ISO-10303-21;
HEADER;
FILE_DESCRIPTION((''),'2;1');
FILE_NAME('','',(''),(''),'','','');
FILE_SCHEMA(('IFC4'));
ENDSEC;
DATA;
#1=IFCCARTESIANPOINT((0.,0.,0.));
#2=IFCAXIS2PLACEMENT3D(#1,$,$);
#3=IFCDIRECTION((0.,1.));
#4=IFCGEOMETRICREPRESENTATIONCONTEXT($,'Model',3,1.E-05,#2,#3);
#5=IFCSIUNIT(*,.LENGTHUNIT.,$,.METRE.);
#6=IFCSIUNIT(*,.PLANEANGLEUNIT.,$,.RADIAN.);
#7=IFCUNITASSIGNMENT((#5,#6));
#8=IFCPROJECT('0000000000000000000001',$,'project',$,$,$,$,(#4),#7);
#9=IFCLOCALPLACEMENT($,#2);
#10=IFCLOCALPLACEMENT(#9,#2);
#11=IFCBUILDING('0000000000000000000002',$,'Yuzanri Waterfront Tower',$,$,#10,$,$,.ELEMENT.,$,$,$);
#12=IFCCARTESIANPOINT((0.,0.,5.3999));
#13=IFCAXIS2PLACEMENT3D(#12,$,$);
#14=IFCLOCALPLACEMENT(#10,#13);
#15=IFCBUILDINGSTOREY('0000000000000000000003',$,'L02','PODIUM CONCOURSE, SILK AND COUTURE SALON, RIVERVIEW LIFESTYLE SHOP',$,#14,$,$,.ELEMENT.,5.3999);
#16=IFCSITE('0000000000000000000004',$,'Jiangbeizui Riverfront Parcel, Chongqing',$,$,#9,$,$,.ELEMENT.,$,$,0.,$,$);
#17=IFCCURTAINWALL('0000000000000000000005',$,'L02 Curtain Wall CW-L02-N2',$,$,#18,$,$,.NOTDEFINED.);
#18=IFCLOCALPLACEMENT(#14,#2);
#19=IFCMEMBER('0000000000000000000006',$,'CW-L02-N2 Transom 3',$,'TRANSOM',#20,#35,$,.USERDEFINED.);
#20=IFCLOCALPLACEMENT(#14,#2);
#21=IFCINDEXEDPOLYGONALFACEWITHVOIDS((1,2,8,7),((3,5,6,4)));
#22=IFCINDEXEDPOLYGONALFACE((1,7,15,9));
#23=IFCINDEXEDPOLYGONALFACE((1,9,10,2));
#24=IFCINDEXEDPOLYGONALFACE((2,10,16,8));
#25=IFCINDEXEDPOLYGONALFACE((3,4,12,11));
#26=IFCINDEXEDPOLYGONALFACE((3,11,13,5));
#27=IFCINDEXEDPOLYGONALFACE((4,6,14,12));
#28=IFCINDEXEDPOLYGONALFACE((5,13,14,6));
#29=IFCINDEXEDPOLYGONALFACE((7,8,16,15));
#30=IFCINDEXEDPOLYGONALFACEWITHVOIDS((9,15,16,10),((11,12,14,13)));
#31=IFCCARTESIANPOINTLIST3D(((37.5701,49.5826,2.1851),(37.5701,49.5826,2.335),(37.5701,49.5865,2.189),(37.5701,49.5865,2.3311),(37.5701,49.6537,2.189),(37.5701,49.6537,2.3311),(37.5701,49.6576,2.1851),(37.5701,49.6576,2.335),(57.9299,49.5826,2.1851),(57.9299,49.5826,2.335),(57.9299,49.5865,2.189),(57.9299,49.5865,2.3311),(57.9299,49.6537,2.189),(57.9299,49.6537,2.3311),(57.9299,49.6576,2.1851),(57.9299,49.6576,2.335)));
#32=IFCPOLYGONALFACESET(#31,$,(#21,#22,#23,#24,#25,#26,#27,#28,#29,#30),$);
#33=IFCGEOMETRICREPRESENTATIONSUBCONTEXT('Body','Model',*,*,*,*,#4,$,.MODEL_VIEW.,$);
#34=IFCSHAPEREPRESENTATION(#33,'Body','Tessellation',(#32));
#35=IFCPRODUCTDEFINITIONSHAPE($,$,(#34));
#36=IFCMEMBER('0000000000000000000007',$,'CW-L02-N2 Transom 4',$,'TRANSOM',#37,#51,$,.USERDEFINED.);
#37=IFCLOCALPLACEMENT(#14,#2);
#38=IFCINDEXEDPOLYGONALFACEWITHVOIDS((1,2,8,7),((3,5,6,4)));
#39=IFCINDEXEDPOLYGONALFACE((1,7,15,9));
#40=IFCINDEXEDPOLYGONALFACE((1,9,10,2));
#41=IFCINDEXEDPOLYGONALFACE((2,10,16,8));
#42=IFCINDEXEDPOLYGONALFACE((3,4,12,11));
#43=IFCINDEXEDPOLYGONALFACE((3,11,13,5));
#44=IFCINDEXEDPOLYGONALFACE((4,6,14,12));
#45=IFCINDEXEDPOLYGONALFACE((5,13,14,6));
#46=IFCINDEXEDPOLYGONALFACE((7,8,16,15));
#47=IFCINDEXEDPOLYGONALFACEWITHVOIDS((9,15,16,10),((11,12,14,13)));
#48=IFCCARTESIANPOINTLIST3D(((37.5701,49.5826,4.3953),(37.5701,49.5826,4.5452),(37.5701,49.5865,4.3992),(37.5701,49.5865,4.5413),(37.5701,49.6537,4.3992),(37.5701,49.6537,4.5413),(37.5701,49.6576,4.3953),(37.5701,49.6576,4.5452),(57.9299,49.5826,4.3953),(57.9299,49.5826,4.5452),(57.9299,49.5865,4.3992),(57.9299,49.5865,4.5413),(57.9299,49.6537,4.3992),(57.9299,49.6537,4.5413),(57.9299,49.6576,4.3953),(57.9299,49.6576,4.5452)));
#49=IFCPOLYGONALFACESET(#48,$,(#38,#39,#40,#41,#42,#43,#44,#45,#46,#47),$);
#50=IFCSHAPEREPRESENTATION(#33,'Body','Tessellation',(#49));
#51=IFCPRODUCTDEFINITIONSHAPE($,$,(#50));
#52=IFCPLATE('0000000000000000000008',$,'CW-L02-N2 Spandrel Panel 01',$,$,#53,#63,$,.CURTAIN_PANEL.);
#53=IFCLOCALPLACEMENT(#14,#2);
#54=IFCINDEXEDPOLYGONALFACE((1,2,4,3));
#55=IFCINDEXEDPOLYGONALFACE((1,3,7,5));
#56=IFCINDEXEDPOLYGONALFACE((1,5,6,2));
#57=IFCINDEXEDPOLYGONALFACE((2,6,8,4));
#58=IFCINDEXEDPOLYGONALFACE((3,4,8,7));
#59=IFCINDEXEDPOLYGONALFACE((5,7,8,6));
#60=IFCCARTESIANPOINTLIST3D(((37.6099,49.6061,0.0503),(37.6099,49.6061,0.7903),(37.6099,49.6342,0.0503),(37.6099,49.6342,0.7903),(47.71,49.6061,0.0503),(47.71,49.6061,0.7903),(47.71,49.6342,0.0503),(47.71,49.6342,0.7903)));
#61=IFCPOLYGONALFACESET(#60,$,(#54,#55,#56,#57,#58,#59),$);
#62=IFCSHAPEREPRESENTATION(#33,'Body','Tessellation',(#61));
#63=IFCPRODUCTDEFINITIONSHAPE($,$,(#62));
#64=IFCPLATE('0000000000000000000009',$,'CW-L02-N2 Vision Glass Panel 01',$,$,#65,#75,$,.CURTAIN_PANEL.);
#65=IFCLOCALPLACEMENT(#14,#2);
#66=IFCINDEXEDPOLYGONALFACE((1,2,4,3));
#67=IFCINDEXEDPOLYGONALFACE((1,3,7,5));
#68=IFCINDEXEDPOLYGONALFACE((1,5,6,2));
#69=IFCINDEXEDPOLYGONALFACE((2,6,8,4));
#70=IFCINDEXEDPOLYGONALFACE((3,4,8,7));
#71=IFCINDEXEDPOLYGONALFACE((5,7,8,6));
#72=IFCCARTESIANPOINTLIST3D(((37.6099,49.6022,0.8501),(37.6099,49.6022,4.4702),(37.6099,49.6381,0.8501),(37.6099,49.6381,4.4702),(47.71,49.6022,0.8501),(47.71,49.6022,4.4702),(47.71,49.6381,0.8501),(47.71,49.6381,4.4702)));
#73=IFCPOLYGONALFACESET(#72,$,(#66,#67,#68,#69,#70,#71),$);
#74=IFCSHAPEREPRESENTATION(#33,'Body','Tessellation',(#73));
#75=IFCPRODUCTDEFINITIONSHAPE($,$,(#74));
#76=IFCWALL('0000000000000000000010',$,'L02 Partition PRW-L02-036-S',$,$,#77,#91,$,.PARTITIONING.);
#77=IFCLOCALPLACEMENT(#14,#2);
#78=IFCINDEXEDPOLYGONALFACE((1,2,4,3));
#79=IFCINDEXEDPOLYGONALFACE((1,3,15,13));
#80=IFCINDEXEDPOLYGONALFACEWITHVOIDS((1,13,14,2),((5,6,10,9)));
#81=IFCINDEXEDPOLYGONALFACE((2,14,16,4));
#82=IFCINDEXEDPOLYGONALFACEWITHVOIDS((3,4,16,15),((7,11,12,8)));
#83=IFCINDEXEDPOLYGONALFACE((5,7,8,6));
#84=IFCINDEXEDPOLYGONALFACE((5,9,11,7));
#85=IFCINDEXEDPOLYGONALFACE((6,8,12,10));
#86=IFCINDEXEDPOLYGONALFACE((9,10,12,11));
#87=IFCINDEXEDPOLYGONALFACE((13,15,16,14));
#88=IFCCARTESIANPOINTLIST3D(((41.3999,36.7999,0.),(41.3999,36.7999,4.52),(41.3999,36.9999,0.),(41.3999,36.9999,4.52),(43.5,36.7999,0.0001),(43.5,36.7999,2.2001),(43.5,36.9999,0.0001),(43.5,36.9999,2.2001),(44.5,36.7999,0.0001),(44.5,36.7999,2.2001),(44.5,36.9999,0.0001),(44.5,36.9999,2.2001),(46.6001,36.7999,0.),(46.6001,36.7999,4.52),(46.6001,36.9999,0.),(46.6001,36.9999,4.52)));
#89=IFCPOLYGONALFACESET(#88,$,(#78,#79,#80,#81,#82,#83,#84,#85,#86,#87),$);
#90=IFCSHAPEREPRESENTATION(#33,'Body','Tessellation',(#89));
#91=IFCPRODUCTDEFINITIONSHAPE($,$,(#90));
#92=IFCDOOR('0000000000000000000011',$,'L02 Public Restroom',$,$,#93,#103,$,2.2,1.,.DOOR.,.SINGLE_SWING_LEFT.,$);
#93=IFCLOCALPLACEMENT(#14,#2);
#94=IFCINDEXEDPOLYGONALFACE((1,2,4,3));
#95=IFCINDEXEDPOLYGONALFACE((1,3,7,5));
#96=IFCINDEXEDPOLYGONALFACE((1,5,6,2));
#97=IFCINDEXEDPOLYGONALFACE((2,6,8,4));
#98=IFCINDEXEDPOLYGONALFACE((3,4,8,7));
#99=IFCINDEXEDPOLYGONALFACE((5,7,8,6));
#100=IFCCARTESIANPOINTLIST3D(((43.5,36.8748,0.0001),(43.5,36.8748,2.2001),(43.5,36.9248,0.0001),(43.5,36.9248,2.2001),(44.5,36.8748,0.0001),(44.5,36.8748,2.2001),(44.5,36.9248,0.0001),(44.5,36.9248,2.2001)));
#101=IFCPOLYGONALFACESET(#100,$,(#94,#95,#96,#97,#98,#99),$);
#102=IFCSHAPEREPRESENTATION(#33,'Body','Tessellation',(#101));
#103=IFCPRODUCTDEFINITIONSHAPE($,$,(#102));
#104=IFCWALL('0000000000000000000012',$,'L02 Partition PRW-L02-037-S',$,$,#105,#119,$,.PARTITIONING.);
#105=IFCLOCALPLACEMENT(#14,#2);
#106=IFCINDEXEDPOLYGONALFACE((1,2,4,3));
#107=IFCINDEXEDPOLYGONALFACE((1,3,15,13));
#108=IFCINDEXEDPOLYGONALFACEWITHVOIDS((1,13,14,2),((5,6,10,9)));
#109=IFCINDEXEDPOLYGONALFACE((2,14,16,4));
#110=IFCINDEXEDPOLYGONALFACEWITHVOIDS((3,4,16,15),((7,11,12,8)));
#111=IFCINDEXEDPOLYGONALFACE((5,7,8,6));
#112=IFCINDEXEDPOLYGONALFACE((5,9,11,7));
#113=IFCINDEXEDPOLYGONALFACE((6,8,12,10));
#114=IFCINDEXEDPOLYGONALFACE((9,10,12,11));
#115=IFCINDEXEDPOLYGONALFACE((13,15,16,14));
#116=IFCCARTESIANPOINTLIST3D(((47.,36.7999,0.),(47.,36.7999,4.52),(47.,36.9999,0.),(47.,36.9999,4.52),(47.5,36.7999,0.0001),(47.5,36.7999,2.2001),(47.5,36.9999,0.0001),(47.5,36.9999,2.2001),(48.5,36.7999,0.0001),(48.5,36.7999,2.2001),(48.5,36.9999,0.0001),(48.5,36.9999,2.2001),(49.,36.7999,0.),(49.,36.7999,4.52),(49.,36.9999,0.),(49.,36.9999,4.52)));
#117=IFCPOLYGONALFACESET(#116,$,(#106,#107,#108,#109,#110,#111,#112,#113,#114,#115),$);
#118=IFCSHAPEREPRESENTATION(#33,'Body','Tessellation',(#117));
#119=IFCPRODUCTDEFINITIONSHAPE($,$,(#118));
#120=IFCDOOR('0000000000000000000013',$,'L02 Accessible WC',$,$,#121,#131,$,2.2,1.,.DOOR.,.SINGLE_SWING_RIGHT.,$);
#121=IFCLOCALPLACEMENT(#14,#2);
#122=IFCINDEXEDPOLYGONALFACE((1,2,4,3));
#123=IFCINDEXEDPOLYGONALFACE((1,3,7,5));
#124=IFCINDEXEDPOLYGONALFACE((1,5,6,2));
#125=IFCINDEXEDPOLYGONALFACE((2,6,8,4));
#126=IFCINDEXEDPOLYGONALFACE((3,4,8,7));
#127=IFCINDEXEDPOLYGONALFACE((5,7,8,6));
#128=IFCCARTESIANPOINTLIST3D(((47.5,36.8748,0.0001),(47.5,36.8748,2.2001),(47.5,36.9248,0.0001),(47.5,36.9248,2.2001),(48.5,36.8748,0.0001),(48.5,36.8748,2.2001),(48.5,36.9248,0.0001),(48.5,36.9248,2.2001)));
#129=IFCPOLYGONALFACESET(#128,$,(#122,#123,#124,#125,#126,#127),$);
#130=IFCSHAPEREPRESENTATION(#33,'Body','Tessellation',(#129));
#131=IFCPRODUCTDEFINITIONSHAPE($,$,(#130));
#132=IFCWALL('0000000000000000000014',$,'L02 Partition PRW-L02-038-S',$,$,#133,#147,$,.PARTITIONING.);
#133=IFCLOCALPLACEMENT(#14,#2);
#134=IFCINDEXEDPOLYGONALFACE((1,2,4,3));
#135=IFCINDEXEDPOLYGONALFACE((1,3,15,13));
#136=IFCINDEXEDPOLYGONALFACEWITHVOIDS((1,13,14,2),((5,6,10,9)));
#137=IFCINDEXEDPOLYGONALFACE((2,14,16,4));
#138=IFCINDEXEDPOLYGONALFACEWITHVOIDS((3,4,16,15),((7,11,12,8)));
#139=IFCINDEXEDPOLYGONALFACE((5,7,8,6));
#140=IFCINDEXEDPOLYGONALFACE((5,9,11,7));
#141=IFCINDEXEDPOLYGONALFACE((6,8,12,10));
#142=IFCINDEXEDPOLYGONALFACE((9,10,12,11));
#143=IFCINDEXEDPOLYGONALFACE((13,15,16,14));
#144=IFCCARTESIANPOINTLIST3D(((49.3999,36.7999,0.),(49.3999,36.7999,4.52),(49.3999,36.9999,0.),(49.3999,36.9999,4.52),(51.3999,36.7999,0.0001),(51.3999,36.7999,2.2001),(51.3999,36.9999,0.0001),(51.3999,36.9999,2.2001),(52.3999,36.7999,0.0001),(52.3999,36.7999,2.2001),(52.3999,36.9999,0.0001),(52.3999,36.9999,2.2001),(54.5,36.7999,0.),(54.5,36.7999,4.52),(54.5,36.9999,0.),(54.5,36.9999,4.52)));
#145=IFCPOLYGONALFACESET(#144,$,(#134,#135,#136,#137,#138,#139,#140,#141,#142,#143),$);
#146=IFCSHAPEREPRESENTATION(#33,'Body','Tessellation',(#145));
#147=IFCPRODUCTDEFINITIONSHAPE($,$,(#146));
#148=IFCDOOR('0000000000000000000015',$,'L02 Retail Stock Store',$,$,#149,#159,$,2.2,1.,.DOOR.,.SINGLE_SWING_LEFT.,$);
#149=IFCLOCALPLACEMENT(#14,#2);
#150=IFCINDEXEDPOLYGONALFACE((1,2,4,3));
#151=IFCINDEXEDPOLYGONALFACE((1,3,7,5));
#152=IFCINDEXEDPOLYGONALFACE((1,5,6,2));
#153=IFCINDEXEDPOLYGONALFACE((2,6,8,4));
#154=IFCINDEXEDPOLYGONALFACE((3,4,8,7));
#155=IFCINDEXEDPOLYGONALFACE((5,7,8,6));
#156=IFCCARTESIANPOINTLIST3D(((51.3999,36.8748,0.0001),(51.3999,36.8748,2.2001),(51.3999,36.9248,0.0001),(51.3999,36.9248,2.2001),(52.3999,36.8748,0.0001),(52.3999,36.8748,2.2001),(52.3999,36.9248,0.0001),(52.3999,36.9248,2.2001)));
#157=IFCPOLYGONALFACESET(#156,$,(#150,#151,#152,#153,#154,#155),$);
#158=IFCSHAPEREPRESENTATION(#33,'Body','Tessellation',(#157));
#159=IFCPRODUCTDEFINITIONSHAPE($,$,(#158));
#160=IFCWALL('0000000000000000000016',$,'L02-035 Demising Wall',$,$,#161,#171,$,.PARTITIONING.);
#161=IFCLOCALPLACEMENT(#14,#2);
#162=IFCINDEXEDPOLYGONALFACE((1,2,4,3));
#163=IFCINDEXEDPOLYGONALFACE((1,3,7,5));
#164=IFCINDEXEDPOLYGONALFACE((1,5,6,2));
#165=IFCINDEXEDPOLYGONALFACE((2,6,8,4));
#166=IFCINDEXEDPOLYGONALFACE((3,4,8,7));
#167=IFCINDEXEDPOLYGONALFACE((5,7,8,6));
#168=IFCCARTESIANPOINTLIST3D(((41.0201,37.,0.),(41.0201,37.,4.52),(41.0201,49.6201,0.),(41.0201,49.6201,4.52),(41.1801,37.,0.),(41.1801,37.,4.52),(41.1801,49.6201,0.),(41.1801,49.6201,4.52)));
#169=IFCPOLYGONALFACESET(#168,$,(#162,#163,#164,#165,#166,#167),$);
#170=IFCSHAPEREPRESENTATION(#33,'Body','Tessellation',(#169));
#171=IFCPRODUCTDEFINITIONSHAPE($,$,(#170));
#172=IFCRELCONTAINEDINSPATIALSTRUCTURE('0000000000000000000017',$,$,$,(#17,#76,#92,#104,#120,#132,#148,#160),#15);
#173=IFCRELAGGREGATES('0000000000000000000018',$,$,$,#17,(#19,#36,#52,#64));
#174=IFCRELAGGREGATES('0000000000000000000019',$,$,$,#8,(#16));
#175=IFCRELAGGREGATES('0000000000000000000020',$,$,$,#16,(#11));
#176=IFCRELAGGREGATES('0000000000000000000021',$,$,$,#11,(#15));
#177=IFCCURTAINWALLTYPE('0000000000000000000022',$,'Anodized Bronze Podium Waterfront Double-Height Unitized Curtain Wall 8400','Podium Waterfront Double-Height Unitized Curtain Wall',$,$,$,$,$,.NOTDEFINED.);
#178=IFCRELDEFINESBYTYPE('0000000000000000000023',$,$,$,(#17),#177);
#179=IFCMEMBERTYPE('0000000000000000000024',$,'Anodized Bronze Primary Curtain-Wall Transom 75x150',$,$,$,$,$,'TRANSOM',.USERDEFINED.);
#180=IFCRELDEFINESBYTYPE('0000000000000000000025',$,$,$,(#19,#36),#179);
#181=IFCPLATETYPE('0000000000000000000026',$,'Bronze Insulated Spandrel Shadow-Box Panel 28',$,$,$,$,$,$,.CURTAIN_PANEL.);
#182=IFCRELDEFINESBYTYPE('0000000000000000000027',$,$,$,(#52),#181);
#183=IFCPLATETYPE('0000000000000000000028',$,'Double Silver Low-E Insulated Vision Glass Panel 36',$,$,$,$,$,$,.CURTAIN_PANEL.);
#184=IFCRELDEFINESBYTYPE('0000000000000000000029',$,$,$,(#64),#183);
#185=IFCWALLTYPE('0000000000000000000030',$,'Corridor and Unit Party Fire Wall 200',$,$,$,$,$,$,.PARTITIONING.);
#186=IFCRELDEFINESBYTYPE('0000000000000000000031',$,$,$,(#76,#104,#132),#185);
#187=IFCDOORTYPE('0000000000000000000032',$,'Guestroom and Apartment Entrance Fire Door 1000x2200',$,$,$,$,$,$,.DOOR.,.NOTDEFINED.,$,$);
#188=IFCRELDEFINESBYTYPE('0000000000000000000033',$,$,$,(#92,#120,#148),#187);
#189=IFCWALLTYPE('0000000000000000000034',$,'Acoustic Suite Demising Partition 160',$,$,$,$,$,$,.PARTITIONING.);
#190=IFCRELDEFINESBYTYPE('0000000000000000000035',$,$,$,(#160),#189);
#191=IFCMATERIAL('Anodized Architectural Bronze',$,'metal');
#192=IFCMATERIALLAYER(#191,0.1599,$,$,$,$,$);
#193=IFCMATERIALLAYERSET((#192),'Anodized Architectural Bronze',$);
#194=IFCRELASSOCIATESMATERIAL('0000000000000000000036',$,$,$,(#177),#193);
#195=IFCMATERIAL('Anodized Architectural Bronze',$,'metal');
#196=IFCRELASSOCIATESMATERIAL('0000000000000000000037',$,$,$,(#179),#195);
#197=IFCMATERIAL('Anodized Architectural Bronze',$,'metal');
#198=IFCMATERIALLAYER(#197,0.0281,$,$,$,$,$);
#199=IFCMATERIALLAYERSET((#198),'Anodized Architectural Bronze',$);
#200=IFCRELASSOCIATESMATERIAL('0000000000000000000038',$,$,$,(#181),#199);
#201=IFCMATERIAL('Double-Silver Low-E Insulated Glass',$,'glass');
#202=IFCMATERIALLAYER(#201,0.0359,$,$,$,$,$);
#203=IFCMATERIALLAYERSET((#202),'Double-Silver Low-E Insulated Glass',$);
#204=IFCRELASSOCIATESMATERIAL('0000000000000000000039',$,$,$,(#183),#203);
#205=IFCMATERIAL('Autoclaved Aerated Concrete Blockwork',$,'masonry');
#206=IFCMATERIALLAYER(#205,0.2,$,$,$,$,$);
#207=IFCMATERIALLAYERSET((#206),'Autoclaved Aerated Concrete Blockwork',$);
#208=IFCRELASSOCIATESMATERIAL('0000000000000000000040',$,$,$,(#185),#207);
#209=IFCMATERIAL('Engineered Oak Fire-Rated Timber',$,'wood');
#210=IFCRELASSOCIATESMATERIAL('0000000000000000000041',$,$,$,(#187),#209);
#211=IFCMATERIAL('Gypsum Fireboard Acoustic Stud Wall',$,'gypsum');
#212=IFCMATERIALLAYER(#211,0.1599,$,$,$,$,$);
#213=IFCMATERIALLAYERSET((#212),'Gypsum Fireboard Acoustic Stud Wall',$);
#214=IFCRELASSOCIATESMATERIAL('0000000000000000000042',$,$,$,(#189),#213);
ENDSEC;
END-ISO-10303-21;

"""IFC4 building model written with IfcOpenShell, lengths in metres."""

from ifc_helpers import new_model, si_unit, direction, frame, frame_2d, origin, origin_2d, place, context, subcontext, project, spatial, rectangle, hollow_rectangle, extrude, source, transform, mapped, material, layer, layer_set, material_profile, profile_set, type_object, element, fill, aggregate, save


model = new_model("IFC4")

# Units and contexts
model_context = context("Model", 3, precision=1e-05, world=origin(), true_north=direction((0.0, 1.0)))
body_context = subcontext(model_context, "Body", "Model", "MODEL_VIEW")
ifc_project = project(units=[si_unit("LENGTHUNIT", "METRE"), si_unit("PLANEANGLEUNIT", "RADIAN")], contexts=[model_context])

# Site, building, storey
site_placement = place(None, origin())
site = spatial("IfcSite", under=ifc_project, at=site_placement, Name="Jiangbeizui Riverfront Parcel, Chongqing", CompositionType="ELEMENT", RefElevation=0.0)
building_placement = place(site_placement, origin())
building = spatial("IfcBuilding", under=site, at=building_placement, Name="Yuzanri Waterfront Tower", CompositionType="ELEMENT")
storey_placement = place(building_placement, frame((0.0, 0.0, 5.3999)))
storey = spatial("IfcBuildingStorey", under=building, at=storey_placement, Name="L02", Description="PODIUM CONCOURSE, SILK AND COUTURE SALON, RIVERVIEW LIFESTYLE SHOP", CompositionType="ELEMENT", Elevation=5.3999)

# Curtain wall, members, plates
ifc_material_1 = material(Name="Anodized Architectural Bronze", Category="metal")
ifc_layer_1 = layer(ifc_material_1, 0.1599)
ifc_layer_set_1 = layer_set([ifc_layer_1], Name="Anodized Architectural Bronze")
curtain_wall_type = type_object("IfcCurtainWallType", Name="Anodized Bronze Podium Waterfront Double-Height Unitized Curtain Wall 8400", Description="Podium Waterfront Double-Height Unitized Curtain Wall", PredefinedType="NOTDEFINED", material=ifc_layer_set_1)
curtain_wall_placement = place(storey_placement, origin())
curtain_wall = element("IfcCurtainWall", 1, at=curtain_wall_placement, inside=storey, type_object=curtain_wall_type, Name="L02 Curtain Wall CW-L02-N2", PredefinedType="NOTDEFINED")
ifc_material_2 = material(Name="Anodized Architectural Bronze", Category="metal")
ifc_material_profile_1 = material_profile(ifc_material_2, hollow_rectangle(XDim=0.075, YDim=0.1499, WallThickness=0.0039, at=origin_2d()), Name="CWT 75x150")
ifc_profile_set_1 = profile_set([ifc_material_profile_1], Name="Anodized Architectural Bronze")
member_type_1 = type_object("IfcMemberType", Name="Anodized Bronze Primary Curtain-Wall Transom 75x150", ElementType="TRANSOM", PredefinedType="USERDEFINED", material=ifc_profile_set_1)
shared_shape_1 = source(origin(), body_context, "Body", "SweptSolid", [
    extrude(hollow_rectangle(XDim=0.075, YDim=0.1499, WallThickness=0.0039, at=origin_2d()), origin(), (0.0, 0.0, 1.0), 20.3599),
])
member_1_placement = place(storey_placement, frame((37.5701, 49.6201, 2.26), z_axis=(1.0, 0.0, 0.0), x_axis=(0.0, 1.0, 0.0)))
member_1 = element("IfcMember", 2, at=member_1_placement, type_object=member_type_1, Name="CW-L02-N2 Transom 3", ObjectType="TRANSOM", PredefinedType="USERDEFINED", context=body_context, shape_type="MappedRepresentation", body=[
    mapped(shared_shape_1, transform((0.0, 0.0, 0.0), scale=1.0)),
])
member_2_placement = place(storey_placement, frame((37.5701, 49.6201, 4.4702), z_axis=(1.0, 0.0, 0.0), x_axis=(0.0, 1.0, 0.0)))
member_2 = element("IfcMember", 3, at=member_2_placement, type_object=member_type_1, Name="CW-L02-N2 Transom 4", ObjectType="TRANSOM", PredefinedType="USERDEFINED", context=body_context, shape_type="MappedRepresentation", body=[
    mapped(shared_shape_1, transform((0.0, 0.0, 0.0), scale=1.0)),
])
ifc_material_3 = material(Name="Anodized Architectural Bronze", Category="metal")
ifc_layer_2 = layer(ifc_material_3, 0.0281)
ifc_layer_set_2 = layer_set([ifc_layer_2], Name="Anodized Architectural Bronze")
plate_type_1 = type_object("IfcPlateType", Name="Bronze Insulated Spandrel Shadow-Box Panel 28", PredefinedType="CURTAIN_PANEL", material=ifc_layer_set_2)
shared_shape_2 = source(origin(), body_context, "Body", "SweptSolid", [
    extrude(rectangle(XDim=10.1001, YDim=0.0281, at=origin_2d()), origin(), (0.0, 0.0, 1.0), 0.74),
])
plate_1_placement = place(storey_placement, frame((42.6599, 49.6201, 0.0503), z_axis=(0.0, 0.0, 1.0), x_axis=(1.0, 0.0, 0.0)))
plate_1 = element("IfcPlate", 4, at=plate_1_placement, type_object=plate_type_1, Name="CW-L02-N2 Spandrel Panel 01", PredefinedType="CURTAIN_PANEL", context=body_context, shape_type="MappedRepresentation", body=[
    mapped(shared_shape_2, transform((0.0, 0.0, 0.0), scale=1.0)),
])
ifc_material_4 = material(Name="Double-Silver Low-E Insulated Glass", Category="glass")
ifc_layer_3 = layer(ifc_material_4, 0.0359)
ifc_layer_set_3 = layer_set([ifc_layer_3], Name="Double-Silver Low-E Insulated Glass")
plate_type_2 = type_object("IfcPlateType", Name="Double Silver Low-E Insulated Vision Glass Panel 36", PredefinedType="CURTAIN_PANEL", material=ifc_layer_set_3)
shared_shape_3 = source(origin(), body_context, "Body", "SweptSolid", [
    extrude(rectangle(XDim=10.1001, YDim=0.0359, at=origin_2d()), origin(), (0.0, 0.0, 1.0), 3.6201),
])
plate_2_placement = place(storey_placement, frame((42.6599, 49.6201, 0.8501), z_axis=(0.0, 0.0, 1.0), x_axis=(1.0, 0.0, 0.0)))
plate_2 = element("IfcPlate", 5, at=plate_2_placement, type_object=plate_type_2, Name="CW-L02-N2 Vision Glass Panel 01", PredefinedType="CURTAIN_PANEL", context=body_context, shape_type="MappedRepresentation", body=[
    mapped(shared_shape_3, transform((0.0, 0.0, 0.0), scale=1.0)),
])
aggregate(curtain_wall, [member_1, member_2, plate_1, plate_2])

# Walls, openings, doors
ifc_material_5 = material(Name="Autoclaved Aerated Concrete Blockwork", Category="masonry")
ifc_layer_4 = layer(ifc_material_5, 0.2)
ifc_layer_set_4 = layer_set([ifc_layer_4], Name="Autoclaved Aerated Concrete Blockwork")
wall_type_1 = type_object("IfcWallType", Name="Corridor and Unit Party Fire Wall 200", PredefinedType="PARTITIONING", material=ifc_layer_set_4)
wall_1_placement = place(storey_placement, frame((41.3999, 36.8999, 0.0), z_axis=(0.0, 0.0, 1.0), x_axis=(1.0, 0.0, 0.0)))
wall_1 = element("IfcWall", 6, at=wall_1_placement, inside=storey, type_object=wall_type_1, Name="L02 Partition PRW-L02-036-S", PredefinedType="PARTITIONING", context=body_context, shape_type="SweptSolid", body=[
    extrude(rectangle(XDim=5.2002, YDim=0.2, at=frame_2d((2.6001, 0.0))), origin(), (0.0, 0.0, 1.0), 4.52),
])
opening_1_placement = place(wall_1_placement, frame((2.1001, 0.0, 0.0)))
opening_1 = element("IfcOpeningElement", 7, at=opening_1_placement, cuts=wall_1, PredefinedType="OPENING", context=body_context, shape_type="SweptSolid", body=[
    extrude(rectangle(XDim=1.0, YDim=2.2, at=frame_2d((0.5, 1.1001))), frame((0.0, 0.1147, 0.0), z_axis=(0.0, -1.0, 0.0), x_axis=(1.0, 0.0, 0.0)), (0.0, 0.0, 1.0), 0.2297),
])
ifc_material_6 = material(Name="Engineered Oak Fire-Rated Timber", Category="wood")
door_type = type_object("IfcDoorType", Name="Guestroom and Apartment Entrance Fire Door 1000x2200", OperationType="NOTDEFINED", PredefinedType="DOOR", material=ifc_material_6)
shared_shape_4 = source(origin(), body_context, "Body", "SweptSolid", [
    extrude(rectangle(XDim=1.0, YDim=2.2, at=frame_2d((0.5, 1.1001))), frame((0.0, 0.0249, 0.0), z_axis=(0.0, -1.0, 0.0), x_axis=(1.0, 0.0, 0.0)), (0.0, 0.0, 1.0), 0.05),
])
door_1_placement = place(opening_1_placement, origin())
door_1 = element("IfcDoor", 8, at=door_1_placement, inside=storey, type_object=door_type, Name="L02 Public Restroom", OperationType="SINGLE_SWING_LEFT", OverallHeight=2.2, OverallWidth=1.0, PredefinedType="DOOR", context=body_context, shape_type="MappedRepresentation", body=[
    mapped(shared_shape_4, transform((0.0, 0.0, 0.0), scale=1.0)),
])
fill(opening_1, door_1)
wall_2_placement = place(storey_placement, frame((47.0, 36.8999, 0.0), z_axis=(0.0, 0.0, 1.0), x_axis=(1.0, 0.0, 0.0)))
wall_2 = element("IfcWall", 9, at=wall_2_placement, inside=storey, type_object=wall_type_1, Name="L02 Partition PRW-L02-037-S", PredefinedType="PARTITIONING", context=body_context, shape_type="SweptSolid", body=[
    extrude(rectangle(XDim=2.0, YDim=0.2, at=frame_2d((1.0, 0.0))), origin(), (0.0, 0.0, 1.0), 4.52),
])
opening_2_placement = place(wall_2_placement, frame((0.5, 0.0, 0.0)))
opening_2 = element("IfcOpeningElement", 10, at=opening_2_placement, cuts=wall_2, PredefinedType="OPENING", context=body_context, shape_type="SweptSolid", body=[
    extrude(rectangle(XDim=1.0, YDim=2.2, at=frame_2d((0.5, 1.1001))), frame((0.0, 0.1147, 0.0), z_axis=(0.0, -1.0, 0.0), x_axis=(1.0, 0.0, 0.0)), (0.0, 0.0, 1.0), 0.2297),
])
door_2_placement = place(opening_2_placement, origin())
door_2 = element("IfcDoor", 11, at=door_2_placement, inside=storey, type_object=door_type, Name="L02 Accessible WC", OperationType="SINGLE_SWING_RIGHT", OverallHeight=2.2, OverallWidth=1.0, PredefinedType="DOOR", context=body_context, shape_type="MappedRepresentation", body=[
    mapped(shared_shape_4, transform((0.0, 0.0, 0.0), scale=1.0)),
])
fill(opening_2, door_2)
wall_3_placement = place(storey_placement, frame((49.3999, 36.8999, 0.0), z_axis=(0.0, 0.0, 1.0), x_axis=(1.0, 0.0, 0.0)))
wall_3 = element("IfcWall", 12, at=wall_3_placement, inside=storey, type_object=wall_type_1, Name="L02 Partition PRW-L02-038-S", PredefinedType="PARTITIONING", context=body_context, shape_type="SweptSolid", body=[
    extrude(rectangle(XDim=5.1001, YDim=0.2, at=frame_2d((2.55, 0.0))), origin(), (0.0, 0.0, 1.0), 4.52),
])
opening_3_placement = place(wall_3_placement, frame((2.0, 0.0, 0.0)))
opening_3 = element("IfcOpeningElement", 13, at=opening_3_placement, cuts=wall_3, PredefinedType="OPENING", context=body_context, shape_type="SweptSolid", body=[
    extrude(rectangle(XDim=1.0, YDim=2.2, at=frame_2d((0.5, 1.1001))), frame((0.0, 0.1147, 0.0), z_axis=(0.0, -1.0, 0.0), x_axis=(1.0, 0.0, 0.0)), (0.0, 0.0, 1.0), 0.2297),
])
door_3_placement = place(opening_3_placement, origin())
door_3 = element("IfcDoor", 14, at=door_3_placement, inside=storey, type_object=door_type, Name="L02 Retail Stock Store", OperationType="SINGLE_SWING_LEFT", OverallHeight=2.2, OverallWidth=1.0, PredefinedType="DOOR", context=body_context, shape_type="MappedRepresentation", body=[
    mapped(shared_shape_4, transform((0.0, 0.0, 0.0), scale=1.0)),
])
fill(opening_3, door_3)

# Wall
ifc_material_7 = material(Name="Gypsum Fireboard Acoustic Stud Wall", Category="gypsum")
ifc_layer_5 = layer(ifc_material_7, 0.1599)
ifc_layer_set_5 = layer_set([ifc_layer_5], Name="Gypsum Fireboard Acoustic Stud Wall")
wall_type_2 = type_object("IfcWallType", Name="Acoustic Suite Demising Partition 160", PredefinedType="PARTITIONING", material=ifc_layer_set_5)
shared_shape_5 = source(origin(), body_context, "Body", "SweptSolid", [
    extrude(rectangle(XDim=12.6201, YDim=0.1599, at=frame_2d((6.3101, 0.0))), origin(), (0.0, 0.0, 1.0), 4.52),
])
for number, where, z_axis, x_axis, name in (
    (15, (41.1001, 37.0, 0.0), (0.0, 0.0, 1.0), (0.0, 1.0, 0.0), "L02-035 Demising Wall"),
):
    element("IfcWall", number, at=place(storey_placement, frame(where, z_axis=z_axis, x_axis=x_axis)), inside=storey, type_object=wall_type_2, Name=name, PredefinedType="PARTITIONING", context=body_context, shape_type="MappedRepresentation", body=[
        mapped(shared_shape_5, transform((0.0, 0.0, 0.0), scale=1.0)),
    ])

save(model, "model.ifc")
